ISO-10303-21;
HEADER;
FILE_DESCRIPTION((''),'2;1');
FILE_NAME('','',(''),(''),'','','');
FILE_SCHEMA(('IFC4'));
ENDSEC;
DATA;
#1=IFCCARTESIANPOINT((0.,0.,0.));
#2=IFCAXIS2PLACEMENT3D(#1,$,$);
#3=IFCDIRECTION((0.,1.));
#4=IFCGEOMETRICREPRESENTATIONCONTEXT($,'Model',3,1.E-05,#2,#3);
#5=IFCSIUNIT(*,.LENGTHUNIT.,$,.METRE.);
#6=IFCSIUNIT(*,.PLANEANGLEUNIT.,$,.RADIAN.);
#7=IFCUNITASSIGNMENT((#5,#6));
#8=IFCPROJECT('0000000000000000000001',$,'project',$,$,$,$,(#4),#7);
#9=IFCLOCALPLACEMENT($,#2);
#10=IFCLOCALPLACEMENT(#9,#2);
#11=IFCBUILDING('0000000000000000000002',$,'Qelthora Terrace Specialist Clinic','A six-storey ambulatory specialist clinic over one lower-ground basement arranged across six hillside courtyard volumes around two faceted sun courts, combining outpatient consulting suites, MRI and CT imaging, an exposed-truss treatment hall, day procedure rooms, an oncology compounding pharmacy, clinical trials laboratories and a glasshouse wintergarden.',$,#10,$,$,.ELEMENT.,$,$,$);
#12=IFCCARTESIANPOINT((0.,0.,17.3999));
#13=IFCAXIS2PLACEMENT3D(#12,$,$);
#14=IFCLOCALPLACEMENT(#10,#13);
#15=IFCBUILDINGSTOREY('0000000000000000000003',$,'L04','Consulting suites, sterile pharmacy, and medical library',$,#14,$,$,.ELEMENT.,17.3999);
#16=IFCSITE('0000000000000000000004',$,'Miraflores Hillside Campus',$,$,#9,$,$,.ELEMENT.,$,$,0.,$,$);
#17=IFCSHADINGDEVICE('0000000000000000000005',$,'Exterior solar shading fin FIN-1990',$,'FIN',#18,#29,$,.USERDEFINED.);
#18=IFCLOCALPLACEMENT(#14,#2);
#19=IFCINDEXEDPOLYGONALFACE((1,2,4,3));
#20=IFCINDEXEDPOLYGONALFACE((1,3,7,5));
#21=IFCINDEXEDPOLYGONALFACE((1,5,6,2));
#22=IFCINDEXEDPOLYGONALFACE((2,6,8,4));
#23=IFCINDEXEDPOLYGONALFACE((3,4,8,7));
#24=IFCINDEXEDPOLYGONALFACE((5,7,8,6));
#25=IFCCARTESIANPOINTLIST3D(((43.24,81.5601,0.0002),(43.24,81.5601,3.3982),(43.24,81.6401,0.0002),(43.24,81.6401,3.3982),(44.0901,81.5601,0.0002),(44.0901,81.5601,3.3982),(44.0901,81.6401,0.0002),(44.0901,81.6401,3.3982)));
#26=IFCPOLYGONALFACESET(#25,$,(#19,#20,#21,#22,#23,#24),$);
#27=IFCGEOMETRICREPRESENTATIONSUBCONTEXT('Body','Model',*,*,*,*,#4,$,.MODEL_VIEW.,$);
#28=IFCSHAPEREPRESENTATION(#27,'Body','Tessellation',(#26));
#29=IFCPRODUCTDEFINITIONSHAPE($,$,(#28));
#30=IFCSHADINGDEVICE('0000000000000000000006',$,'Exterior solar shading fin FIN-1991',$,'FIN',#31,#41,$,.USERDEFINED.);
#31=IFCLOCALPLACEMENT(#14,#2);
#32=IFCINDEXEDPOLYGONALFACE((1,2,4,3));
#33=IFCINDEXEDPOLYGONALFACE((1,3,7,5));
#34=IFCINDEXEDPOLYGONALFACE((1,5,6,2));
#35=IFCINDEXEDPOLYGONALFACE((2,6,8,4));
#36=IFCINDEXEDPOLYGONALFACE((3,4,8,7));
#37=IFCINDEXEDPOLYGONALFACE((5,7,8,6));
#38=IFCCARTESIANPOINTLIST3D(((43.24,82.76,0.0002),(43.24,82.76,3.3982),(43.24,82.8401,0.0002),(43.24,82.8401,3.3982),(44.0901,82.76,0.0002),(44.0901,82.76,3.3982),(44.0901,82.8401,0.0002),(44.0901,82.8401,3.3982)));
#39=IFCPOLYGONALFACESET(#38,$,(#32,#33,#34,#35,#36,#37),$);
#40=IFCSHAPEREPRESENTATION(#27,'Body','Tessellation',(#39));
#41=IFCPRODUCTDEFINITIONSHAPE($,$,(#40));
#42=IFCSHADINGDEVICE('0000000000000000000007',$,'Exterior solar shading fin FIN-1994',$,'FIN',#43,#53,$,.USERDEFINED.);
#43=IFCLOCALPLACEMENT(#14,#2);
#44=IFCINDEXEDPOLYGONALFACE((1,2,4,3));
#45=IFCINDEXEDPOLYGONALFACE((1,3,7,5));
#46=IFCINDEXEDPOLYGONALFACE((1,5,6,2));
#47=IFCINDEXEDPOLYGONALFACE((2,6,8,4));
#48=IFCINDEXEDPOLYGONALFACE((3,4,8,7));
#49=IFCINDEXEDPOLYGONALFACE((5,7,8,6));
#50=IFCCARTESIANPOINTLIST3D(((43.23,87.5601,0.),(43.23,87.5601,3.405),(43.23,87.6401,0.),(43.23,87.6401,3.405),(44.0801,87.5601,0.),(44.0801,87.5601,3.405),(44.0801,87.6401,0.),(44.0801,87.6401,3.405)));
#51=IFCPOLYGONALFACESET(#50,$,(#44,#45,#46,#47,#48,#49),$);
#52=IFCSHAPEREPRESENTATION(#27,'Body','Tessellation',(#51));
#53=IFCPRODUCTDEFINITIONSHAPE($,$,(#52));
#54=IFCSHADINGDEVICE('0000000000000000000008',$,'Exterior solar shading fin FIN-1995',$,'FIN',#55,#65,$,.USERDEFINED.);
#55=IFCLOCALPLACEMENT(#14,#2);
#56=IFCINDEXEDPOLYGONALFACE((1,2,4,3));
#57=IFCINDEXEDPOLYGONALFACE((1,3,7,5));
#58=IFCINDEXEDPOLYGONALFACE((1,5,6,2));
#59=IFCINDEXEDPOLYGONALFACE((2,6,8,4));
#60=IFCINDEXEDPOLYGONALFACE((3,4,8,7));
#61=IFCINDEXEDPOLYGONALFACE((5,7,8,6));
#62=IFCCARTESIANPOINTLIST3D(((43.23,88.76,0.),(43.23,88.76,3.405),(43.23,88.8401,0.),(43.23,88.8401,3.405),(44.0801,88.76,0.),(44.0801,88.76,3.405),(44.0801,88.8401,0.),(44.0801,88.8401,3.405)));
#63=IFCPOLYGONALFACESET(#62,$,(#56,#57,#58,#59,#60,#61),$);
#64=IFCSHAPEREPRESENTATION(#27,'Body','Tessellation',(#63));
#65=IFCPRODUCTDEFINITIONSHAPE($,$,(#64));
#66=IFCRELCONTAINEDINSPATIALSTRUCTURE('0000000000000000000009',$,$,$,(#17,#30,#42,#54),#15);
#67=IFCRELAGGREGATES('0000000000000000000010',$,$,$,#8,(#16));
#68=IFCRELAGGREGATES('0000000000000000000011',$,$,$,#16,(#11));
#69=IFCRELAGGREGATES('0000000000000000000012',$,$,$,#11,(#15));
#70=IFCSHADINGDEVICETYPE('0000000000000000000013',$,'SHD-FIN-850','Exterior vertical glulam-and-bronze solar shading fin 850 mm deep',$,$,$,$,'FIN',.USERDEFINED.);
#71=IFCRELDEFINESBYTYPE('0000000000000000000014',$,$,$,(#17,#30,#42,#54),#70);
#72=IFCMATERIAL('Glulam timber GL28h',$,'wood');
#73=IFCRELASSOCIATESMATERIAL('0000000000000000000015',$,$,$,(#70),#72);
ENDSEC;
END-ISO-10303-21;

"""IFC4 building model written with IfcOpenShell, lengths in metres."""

from ifc_helpers import new_model, si_unit, direction, frame, origin, origin_2d, place, context, subcontext, project, spatial, rectangle, extrude, material, type_object, element, save


model = new_model("IFC4")

# Units and contexts
model_context = context("Model", 3, precision=1e-05, world=origin(), true_north=direction((0.0, 1.0)))
body_context = subcontext(model_context, "Body", "Model", "MODEL_VIEW")
ifc_project = project(units=[si_unit("LENGTHUNIT", "METRE"), si_unit("PLANEANGLEUNIT", "RADIAN")], contexts=[model_context])

# Site, building, storey
site_placement = place(None, origin())
site = spatial("IfcSite", under=ifc_project, at=site_placement, Name="Miraflores Hillside Campus", CompositionType="ELEMENT", RefElevation=0.0)
building_placement = place(site_placement, origin())
building = spatial("IfcBuilding", under=site, at=building_placement, Name="Qelthora Terrace Specialist Clinic", Description="A six-storey ambulatory specialist clinic over one lower-ground basement arranged across six hillside courtyard volumes around two faceted sun courts, combining outpatient consulting suites, MRI and CT imaging, an exposed-truss treatment hall, day procedure rooms, an oncology compounding pharmacy, clinical trials laboratories and a glasshouse wintergarden.", CompositionType="ELEMENT")
storey_placement = place(building_placement, frame((0.0, 0.0, 17.3999)))
storey = spatial("IfcBuildingStorey", under=building, at=storey_placement, Name="L04", Description="Consulting suites, sterile pharmacy, and medical library", CompositionType="ELEMENT", Elevation=17.3999)

# Shading devices
ifc_material_1 = material(Name="Glulam timber GL28h", Category="wood")
shading_device_type = type_object("IfcShadingDeviceType", Name="SHD-FIN-850", Description="Exterior vertical glulam-and-bronze solar shading fin 850 mm deep", ElementType="FIN", PredefinedType="USERDEFINED", material=ifc_material_1)
for number, where, z_axis, x_axis, name in (
    (1, (43.665, 81.6001, 0.0002), (0.0, 0.0, 1.0), (1.0, 0.0, 0.0), "Exterior solar shading fin FIN-1990"),
    (2, (43.665, 82.8, 0.0002), (0.0, 0.0, 1.0), (1.0, 0.0, 0.0), "Exterior solar shading fin FIN-1991"),
):
    element("IfcShadingDevice", number, at=place(storey_placement, frame(where, z_axis=z_axis, x_axis=x_axis)), inside=storey, type_object=shading_device_type, Name=name, ObjectType="FIN", PredefinedType="USERDEFINED", context=body_context, shape_type="SweptSolid", body=[
        extrude(rectangle(XDim=0.8501, YDim=0.0801, at=origin_2d()), origin(), (0.0, 0.0, 1.0), 3.3979),
    ])
for number, where, z_axis, x_axis, name in (
    (3, (43.655, 87.6001, 0.0), (0.0, 0.0, 1.0), (1.0, 0.0, 0.0), "Exterior solar shading fin FIN-1994"),
    (4, (43.655, 88.8, 0.0), (0.0, 0.0, 1.0), (1.0, 0.0, 0.0), "Exterior solar shading fin FIN-1995"),
):
    element("IfcShadingDevice", number, at=place(storey_placement, frame(where, z_axis=z_axis, x_axis=x_axis)), inside=storey, type_object=shading_device_type, Name=name, ObjectType="FIN", PredefinedType="USERDEFINED", context=body_context, shape_type="SweptSolid", body=[
        extrude(rectangle(XDim=0.8501, YDim=0.0801, at=origin_2d()), origin(), (0.0, 0.0, 1.0), 3.405),
    ])

save(model, "model.ifc")
